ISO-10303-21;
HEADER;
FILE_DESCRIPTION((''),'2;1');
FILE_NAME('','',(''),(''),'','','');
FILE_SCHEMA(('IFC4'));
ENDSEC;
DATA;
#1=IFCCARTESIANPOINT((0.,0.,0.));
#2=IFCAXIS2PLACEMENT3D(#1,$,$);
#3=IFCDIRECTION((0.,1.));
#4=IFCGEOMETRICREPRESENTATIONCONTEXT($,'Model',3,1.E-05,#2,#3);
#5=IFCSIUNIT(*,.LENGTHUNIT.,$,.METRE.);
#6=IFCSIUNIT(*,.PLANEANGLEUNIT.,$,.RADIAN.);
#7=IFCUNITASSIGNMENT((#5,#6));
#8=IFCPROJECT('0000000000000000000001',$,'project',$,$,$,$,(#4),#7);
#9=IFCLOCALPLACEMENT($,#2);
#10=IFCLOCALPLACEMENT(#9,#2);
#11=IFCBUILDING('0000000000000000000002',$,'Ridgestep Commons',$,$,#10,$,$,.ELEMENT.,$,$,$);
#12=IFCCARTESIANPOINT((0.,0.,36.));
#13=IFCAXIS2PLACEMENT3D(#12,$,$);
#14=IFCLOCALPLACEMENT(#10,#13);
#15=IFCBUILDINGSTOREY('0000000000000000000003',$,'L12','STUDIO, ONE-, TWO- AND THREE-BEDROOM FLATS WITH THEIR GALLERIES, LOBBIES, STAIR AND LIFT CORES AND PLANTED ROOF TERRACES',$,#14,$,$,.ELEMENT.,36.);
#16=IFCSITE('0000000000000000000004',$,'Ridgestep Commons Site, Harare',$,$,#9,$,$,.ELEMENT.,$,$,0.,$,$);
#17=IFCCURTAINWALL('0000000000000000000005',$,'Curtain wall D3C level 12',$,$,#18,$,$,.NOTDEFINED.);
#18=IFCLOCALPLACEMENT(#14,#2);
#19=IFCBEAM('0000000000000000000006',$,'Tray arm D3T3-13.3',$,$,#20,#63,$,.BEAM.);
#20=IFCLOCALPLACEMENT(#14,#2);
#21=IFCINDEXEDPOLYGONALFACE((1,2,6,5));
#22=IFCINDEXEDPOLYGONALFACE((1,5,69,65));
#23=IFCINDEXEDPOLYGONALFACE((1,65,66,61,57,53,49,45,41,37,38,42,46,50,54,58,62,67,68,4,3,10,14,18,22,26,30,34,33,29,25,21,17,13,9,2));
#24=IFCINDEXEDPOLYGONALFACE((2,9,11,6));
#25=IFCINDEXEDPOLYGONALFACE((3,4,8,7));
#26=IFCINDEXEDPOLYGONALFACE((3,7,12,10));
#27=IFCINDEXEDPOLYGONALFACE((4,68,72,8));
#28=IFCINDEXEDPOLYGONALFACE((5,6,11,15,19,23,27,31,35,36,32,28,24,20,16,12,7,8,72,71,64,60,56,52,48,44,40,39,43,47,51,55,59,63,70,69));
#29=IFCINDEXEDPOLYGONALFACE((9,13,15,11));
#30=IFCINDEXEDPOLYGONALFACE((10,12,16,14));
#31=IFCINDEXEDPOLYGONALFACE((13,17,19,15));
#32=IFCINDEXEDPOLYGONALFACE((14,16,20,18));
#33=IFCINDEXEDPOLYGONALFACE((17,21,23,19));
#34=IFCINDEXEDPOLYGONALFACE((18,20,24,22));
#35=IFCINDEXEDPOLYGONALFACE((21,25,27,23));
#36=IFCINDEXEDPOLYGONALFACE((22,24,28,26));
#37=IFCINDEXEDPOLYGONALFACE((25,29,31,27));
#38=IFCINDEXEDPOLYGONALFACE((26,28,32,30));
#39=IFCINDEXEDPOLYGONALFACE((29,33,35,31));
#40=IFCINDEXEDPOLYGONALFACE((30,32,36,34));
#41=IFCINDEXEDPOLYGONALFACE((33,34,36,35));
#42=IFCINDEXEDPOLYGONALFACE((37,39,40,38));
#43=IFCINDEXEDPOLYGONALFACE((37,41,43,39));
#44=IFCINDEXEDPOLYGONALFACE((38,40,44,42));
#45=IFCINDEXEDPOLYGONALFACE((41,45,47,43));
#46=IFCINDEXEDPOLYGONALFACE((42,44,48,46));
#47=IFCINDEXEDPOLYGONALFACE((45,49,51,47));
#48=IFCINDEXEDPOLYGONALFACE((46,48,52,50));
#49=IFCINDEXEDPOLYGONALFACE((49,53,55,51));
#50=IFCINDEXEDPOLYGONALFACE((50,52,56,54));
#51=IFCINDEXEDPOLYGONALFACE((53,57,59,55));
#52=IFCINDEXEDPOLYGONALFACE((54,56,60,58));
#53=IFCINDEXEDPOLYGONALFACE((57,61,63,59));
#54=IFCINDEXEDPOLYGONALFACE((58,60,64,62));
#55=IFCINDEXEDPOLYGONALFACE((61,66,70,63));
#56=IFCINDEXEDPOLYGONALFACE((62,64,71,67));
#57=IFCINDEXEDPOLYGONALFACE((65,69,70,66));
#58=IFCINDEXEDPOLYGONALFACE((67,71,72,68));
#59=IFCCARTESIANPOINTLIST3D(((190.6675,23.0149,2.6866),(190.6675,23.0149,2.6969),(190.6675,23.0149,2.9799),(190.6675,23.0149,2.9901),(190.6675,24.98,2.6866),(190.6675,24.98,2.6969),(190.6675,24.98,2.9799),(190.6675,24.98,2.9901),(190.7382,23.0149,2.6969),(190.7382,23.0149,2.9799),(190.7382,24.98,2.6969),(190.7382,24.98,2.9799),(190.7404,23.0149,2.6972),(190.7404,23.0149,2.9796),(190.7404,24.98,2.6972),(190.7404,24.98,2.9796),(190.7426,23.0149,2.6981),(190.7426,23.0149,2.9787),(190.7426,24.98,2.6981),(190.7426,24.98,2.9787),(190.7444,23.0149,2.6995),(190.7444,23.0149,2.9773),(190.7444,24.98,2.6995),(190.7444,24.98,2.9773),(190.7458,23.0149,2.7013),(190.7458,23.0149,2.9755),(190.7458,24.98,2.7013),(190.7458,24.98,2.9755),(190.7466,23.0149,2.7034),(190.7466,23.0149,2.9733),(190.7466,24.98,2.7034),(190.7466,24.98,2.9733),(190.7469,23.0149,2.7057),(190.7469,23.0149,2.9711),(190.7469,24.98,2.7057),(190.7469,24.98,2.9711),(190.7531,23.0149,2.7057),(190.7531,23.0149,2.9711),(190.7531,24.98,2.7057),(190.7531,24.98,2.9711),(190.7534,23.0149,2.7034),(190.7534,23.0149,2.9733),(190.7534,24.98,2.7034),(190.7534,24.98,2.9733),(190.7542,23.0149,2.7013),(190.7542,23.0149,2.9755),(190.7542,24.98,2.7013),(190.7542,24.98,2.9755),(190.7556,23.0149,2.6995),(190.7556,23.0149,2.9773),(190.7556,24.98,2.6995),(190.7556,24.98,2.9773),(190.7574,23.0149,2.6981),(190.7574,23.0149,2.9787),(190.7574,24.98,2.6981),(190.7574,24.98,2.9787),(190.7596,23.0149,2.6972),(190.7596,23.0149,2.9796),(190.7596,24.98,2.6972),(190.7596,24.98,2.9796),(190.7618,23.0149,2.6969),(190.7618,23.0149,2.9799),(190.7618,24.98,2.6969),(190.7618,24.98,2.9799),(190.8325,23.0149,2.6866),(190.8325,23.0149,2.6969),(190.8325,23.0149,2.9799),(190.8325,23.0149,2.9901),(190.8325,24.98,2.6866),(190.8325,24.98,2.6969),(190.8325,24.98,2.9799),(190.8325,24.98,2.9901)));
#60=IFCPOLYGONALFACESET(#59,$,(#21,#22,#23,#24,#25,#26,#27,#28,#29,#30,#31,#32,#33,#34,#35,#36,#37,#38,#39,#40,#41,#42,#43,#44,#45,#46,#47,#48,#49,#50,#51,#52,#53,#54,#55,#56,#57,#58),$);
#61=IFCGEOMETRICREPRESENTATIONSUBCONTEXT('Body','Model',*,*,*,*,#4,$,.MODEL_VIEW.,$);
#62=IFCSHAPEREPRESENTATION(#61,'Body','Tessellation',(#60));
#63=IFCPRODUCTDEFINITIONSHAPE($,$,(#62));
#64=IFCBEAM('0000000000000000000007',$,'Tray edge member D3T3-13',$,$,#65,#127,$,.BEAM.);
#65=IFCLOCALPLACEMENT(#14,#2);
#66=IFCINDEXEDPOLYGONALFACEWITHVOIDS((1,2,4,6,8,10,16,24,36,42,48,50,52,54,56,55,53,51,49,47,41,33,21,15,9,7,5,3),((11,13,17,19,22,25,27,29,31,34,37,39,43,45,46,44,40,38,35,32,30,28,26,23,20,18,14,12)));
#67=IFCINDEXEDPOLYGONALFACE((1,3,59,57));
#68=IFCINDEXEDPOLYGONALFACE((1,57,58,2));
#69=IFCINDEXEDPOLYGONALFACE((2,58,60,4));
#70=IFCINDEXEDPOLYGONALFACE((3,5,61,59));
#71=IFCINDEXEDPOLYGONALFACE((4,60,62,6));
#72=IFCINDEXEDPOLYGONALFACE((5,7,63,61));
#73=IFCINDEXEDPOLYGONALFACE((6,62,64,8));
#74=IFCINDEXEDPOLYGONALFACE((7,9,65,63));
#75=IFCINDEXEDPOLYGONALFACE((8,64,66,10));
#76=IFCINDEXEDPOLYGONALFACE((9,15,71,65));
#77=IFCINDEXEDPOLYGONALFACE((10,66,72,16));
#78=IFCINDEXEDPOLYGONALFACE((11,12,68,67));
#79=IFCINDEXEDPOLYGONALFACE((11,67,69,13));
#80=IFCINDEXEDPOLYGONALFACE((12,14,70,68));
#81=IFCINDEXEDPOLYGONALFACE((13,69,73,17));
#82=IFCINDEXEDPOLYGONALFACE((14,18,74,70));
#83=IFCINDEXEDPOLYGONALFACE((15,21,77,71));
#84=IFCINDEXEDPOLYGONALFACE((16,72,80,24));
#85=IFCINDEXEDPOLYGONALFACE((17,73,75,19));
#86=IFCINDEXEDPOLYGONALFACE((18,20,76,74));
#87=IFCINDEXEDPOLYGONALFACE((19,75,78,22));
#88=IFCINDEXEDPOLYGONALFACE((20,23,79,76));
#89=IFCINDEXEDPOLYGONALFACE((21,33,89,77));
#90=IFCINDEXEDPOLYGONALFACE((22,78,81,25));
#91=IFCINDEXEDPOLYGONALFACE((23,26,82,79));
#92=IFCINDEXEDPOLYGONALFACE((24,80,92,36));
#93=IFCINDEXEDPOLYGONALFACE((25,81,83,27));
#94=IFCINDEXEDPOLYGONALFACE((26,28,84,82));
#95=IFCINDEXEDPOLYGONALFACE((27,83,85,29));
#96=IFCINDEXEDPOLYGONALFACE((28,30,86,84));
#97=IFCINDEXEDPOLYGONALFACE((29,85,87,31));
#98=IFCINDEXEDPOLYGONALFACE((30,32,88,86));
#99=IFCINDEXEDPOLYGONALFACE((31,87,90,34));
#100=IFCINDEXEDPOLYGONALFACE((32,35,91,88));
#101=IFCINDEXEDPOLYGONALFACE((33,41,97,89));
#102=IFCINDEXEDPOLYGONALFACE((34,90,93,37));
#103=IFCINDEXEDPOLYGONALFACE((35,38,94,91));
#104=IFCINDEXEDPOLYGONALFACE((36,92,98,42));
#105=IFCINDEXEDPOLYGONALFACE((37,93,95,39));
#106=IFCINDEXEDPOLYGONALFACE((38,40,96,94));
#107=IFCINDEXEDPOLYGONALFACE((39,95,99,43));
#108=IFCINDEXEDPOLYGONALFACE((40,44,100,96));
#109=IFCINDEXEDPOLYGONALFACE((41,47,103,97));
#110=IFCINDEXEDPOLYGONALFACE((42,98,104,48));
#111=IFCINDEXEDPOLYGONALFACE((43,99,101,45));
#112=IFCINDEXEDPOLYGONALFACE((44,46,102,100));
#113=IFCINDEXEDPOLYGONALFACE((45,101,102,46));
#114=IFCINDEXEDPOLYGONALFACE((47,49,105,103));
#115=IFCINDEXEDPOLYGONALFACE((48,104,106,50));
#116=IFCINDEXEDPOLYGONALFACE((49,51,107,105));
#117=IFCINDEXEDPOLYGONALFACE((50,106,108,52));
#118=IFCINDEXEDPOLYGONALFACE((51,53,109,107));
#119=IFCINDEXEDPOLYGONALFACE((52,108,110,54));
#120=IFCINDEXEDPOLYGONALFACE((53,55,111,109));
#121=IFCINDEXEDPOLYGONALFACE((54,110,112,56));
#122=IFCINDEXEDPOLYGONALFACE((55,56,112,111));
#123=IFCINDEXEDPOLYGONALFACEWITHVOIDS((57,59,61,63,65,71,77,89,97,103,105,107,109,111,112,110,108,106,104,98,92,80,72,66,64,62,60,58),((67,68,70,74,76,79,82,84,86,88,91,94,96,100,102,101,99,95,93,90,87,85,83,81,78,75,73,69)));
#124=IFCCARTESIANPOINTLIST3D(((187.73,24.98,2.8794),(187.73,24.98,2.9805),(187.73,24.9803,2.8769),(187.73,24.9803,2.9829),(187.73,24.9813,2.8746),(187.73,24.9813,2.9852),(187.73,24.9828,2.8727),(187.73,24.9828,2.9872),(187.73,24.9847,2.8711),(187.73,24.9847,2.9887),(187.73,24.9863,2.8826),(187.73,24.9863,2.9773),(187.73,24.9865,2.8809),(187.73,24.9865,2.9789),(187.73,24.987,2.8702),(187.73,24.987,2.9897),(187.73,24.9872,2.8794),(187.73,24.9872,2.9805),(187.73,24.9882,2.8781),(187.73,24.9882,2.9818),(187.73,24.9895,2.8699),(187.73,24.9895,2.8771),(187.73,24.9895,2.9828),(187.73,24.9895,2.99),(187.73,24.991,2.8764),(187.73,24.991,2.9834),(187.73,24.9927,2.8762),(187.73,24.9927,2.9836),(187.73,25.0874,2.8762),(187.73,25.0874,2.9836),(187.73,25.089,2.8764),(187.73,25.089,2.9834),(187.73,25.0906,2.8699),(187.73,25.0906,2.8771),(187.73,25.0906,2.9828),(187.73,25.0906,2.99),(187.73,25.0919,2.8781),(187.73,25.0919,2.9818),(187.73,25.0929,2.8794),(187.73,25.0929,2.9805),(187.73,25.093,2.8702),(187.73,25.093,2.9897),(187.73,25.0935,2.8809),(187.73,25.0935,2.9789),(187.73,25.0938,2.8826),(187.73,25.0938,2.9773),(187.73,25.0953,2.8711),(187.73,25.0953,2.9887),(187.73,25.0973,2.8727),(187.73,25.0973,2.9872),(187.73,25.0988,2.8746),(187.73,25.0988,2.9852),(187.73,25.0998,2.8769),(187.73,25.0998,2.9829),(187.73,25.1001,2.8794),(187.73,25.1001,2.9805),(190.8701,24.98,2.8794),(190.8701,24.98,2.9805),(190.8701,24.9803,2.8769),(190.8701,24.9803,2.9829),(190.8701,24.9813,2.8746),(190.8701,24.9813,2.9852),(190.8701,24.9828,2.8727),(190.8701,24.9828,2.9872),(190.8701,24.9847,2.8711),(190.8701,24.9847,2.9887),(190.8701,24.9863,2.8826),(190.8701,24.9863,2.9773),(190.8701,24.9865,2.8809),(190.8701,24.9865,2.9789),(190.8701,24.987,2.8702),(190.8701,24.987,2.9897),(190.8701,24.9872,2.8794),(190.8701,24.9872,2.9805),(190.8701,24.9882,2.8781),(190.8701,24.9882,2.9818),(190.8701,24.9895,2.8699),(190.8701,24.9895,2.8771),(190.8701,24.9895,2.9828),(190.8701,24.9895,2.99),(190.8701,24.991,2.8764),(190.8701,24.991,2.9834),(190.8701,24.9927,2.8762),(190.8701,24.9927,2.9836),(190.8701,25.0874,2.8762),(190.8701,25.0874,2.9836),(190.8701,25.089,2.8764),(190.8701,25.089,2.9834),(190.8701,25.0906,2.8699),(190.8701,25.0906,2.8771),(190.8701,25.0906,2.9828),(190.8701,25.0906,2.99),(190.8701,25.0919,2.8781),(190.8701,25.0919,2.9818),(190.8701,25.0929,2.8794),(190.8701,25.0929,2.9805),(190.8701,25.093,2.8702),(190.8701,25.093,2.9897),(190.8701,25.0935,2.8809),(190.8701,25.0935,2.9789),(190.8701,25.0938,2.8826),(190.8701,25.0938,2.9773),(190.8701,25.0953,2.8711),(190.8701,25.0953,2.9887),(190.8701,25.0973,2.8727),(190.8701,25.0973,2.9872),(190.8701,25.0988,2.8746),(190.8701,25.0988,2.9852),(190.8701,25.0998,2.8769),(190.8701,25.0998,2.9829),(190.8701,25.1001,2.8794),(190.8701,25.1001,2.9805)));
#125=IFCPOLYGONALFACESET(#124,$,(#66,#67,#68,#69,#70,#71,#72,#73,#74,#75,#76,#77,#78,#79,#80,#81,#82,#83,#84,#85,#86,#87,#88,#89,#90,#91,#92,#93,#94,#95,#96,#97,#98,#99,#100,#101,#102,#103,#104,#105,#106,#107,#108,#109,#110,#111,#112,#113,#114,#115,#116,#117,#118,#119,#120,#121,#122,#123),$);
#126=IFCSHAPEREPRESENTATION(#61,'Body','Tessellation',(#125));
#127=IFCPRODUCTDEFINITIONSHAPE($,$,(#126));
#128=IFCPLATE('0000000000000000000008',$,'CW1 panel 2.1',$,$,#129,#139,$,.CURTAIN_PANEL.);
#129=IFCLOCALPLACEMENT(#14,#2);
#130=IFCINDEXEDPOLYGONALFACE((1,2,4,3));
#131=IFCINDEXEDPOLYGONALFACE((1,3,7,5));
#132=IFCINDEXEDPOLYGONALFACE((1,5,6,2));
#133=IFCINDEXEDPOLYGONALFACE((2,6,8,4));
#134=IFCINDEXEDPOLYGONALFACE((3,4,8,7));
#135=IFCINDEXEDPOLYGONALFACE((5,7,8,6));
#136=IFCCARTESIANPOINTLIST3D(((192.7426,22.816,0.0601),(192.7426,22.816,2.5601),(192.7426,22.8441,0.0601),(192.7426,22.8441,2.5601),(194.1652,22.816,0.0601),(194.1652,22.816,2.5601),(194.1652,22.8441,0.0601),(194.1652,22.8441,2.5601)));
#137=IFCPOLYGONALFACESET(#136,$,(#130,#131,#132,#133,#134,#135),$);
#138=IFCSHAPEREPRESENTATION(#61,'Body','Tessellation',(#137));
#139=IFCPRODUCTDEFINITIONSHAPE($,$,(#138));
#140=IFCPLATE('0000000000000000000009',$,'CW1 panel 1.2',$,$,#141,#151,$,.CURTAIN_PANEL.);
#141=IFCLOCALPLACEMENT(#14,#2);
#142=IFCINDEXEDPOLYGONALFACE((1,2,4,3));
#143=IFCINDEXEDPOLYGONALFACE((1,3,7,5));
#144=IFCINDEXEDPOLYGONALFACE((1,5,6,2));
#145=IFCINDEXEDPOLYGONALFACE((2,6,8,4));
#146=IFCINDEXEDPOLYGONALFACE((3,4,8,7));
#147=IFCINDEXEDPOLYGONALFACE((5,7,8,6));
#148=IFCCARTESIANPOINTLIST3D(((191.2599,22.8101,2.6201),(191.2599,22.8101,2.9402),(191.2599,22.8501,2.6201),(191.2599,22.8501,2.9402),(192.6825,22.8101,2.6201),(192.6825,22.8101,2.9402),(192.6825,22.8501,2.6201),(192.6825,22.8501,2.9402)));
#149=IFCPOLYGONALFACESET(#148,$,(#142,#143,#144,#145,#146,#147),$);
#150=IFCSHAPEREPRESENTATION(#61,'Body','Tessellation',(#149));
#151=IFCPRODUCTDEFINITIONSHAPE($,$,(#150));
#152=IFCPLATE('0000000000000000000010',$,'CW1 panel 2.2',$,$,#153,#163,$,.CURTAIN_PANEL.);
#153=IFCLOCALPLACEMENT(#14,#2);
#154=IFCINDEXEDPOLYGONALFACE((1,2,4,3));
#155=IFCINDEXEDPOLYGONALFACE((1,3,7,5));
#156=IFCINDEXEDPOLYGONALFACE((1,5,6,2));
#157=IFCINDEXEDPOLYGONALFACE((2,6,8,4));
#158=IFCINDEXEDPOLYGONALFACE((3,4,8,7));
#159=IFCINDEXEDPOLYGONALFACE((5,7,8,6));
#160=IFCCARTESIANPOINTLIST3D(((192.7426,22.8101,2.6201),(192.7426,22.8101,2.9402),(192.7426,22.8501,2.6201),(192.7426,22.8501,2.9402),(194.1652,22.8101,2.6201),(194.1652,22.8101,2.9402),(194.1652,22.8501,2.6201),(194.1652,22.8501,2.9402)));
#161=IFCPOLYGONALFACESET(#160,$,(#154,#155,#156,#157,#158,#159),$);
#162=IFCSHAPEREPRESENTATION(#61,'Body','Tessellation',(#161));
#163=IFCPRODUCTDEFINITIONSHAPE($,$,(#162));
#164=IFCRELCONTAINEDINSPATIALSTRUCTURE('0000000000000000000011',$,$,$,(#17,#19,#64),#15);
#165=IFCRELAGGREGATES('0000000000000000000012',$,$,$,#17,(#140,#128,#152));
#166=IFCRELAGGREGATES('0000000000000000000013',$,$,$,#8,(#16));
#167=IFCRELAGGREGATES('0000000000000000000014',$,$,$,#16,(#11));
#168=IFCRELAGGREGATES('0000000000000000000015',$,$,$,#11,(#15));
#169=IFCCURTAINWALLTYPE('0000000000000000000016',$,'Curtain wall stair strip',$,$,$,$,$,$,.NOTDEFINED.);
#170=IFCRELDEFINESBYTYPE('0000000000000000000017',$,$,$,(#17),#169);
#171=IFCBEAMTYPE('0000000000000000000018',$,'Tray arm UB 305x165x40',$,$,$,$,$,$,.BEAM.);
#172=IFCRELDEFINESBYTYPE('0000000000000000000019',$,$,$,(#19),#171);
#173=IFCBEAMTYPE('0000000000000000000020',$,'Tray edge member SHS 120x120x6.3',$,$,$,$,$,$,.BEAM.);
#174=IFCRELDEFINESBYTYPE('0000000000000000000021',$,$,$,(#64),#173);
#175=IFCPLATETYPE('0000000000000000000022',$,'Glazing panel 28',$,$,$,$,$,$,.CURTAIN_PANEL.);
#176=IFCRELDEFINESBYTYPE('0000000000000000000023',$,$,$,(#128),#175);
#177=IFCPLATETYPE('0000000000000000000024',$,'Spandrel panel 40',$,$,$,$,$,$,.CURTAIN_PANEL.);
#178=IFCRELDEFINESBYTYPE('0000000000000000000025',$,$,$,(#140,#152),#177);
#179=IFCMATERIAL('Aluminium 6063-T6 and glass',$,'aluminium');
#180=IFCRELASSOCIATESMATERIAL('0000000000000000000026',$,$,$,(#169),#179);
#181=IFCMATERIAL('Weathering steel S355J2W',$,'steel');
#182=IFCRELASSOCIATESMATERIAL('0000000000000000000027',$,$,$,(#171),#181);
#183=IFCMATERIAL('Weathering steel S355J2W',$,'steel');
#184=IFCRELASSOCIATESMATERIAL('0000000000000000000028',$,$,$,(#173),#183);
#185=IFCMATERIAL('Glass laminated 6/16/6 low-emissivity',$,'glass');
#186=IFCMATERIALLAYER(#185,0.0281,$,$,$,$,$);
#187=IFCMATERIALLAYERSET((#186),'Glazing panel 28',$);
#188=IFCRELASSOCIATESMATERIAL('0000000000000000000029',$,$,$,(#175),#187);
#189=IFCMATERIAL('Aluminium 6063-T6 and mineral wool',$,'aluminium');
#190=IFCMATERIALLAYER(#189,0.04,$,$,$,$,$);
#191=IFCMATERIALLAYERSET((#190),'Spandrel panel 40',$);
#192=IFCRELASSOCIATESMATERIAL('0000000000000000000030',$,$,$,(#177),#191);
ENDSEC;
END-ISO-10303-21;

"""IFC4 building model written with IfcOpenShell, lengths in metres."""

from ifc_helpers import new_model, si_unit, direction, frame, origin, origin_2d, place, context, subcontext, project, spatial, rectangle, hollow_rectangle, i_section, extrude, material, layer, layer_set, material_profile, profile_set, type_object, element, aggregate, save


model = new_model("IFC4")

# Units and contexts
model_context = context("Model", 3, precision=1e-05, world=origin(), true_north=direction((0.0, 1.0)))
body_context = subcontext(model_context, "Body", "Model", "MODEL_VIEW")
ifc_project = project(units=[si_unit("LENGTHUNIT", "METRE"), si_unit("PLANEANGLEUNIT", "RADIAN")], contexts=[model_context])

# Site, building, storey
site_placement = place(None, origin())
site = spatial("IfcSite", under=ifc_project, at=site_placement, Name="Ridgestep Commons Site, Harare", CompositionType="ELEMENT", RefElevation=0.0)
building_placement = place(site_placement, origin())
building = spatial("IfcBuilding", under=site, at=building_placement, Name="Ridgestep Commons", CompositionType="ELEMENT")
storey_placement = place(building_placement, frame((0.0, 0.0, 36.0)))
storey = spatial("IfcBuildingStorey", under=building, at=storey_placement, Name="L12", Description="STUDIO, ONE-, TWO- AND THREE-BEDROOM FLATS WITH THEIR GALLERIES, LOBBIES, STAIR AND LIFT CORES AND PLANTED ROOF TERRACES", CompositionType="ELEMENT", Elevation=36.0)

# Curtain wall
ifc_material_1 = material(Name="Aluminium 6063-T6 and glass", Category="aluminium")
curtain_wall_type = type_object("IfcCurtainWallType", Name="Curtain wall stair strip", PredefinedType="NOTDEFINED", material=ifc_material_1)
curtain_wall_placement = place(storey_placement, origin())
curtain_wall = element("IfcCurtainWall", 1, at=curtain_wall_placement, inside=storey, type_object=curtain_wall_type, Name="Curtain wall D3C level 12", PredefinedType="NOTDEFINED")

# Beams
ifc_material_2 = material(Name="Weathering steel S355J2W", Category="steel")
ifc_material_profile_1 = material_profile(ifc_material_2, i_section(OverallWidth=0.165, OverallDepth=0.3035, WebThickness=0.0061, FlangeThickness=0.0103, FilletRadius=0.0088, at=origin_2d()), Name="UB 305x165x40")
ifc_profile_set_1 = profile_set([ifc_material_profile_1], Name="Weathering steel S355J2W")
beam_type_1 = type_object("IfcBeamType", Name="Tray arm UB 305x165x40", PredefinedType="BEAM", material=ifc_profile_set_1)
for number, where, z_axis, x_axis, name in (
    (2, (190.75, 23.0149, 2.8384), (0.0, 1.0, 0.0), (-1.0, 0.0, 0.0), "Tray arm D3T3-13.3"),
):
    element("IfcBeam", number, at=place(storey_placement, frame(where, z_axis=z_axis, x_axis=x_axis)), inside=storey, type_object=beam_type_1, Name=name, PredefinedType="BEAM", context=body_context, shape_type="SweptSolid", body=[
        extrude(i_section(OverallWidth=0.165, OverallDepth=0.3035, WebThickness=0.0061, FlangeThickness=0.0103, FilletRadius=0.0088, at=origin_2d()), origin(), (0.0, 0.0, 1.0), 1.9651),
    ])
ifc_material_3 = material(Name="Weathering steel S355J2W", Category="steel")
ifc_material_profile_2 = material_profile(ifc_material_3, hollow_rectangle(XDim=0.1201, YDim=0.1201, WallThickness=0.0063, InnerFilletRadius=0.0063, OuterFilletRadius=0.0095, at=origin_2d()), Name="SHS 120x120x6.3")
ifc_profile_set_2 = profile_set([ifc_material_profile_2], Name="Weathering steel S355J2W")
beam_type_2 = type_object("IfcBeamType", Name="Tray edge member SHS 120x120x6.3", PredefinedType="BEAM", material=ifc_profile_set_2)
beam_1_placement = place(storey_placement, frame((187.73, 25.04, 2.9299), z_axis=(1.0, 0.0, 0.0), x_axis=(0.0, 0.0, 1.0)))
element("IfcBeam", 3, at=beam_1_placement, inside=storey, type_object=beam_type_2, Name="Tray edge member D3T3-13", PredefinedType="BEAM", context=body_context, shape_type="SweptSolid", body=[
    extrude(hollow_rectangle(XDim=0.1201, YDim=0.1201, WallThickness=0.0063, InnerFilletRadius=0.0063, OuterFilletRadius=0.0095, at=origin_2d()), origin(), (0.0, 0.0, 1.0), 3.1401),
])

# Plates
ifc_material_4 = material(Name="Glass laminated 6/16/6 low-emissivity", Category="glass")
ifc_layer_1 = layer(ifc_material_4, 0.0281)
ifc_layer_set_1 = layer_set([ifc_layer_1], Name="Glazing panel 28")
plate_type_1 = type_object("IfcPlateType", Name="Glazing panel 28", PredefinedType="CURTAIN_PANEL", material=ifc_layer_set_1)
plate_1_placement = place(storey_placement, frame((193.4539, 22.8301, 0.0601), z_axis=(0.0, 0.0, 1.0), x_axis=(1.0, 0.0, 0.0)))
plate_1 = element("IfcPlate", 4, at=plate_1_placement, type_object=plate_type_1, Name="CW1 panel 2.1", PredefinedType="CURTAIN_PANEL", context=body_context, shape_type="SweptSolid", body=[
    extrude(rectangle(XDim=1.4226, YDim=0.0281, at=origin_2d()), origin(), (0.0, 0.0, 1.0), 2.5),
])
ifc_material_5 = material(Name="Aluminium 6063-T6 and mineral wool", Category="aluminium")
ifc_layer_2 = layer(ifc_material_5, 0.04)
ifc_layer_set_2 = layer_set([ifc_layer_2], Name="Spandrel panel 40")
plate_type_2 = type_object("IfcPlateType", Name="Spandrel panel 40", PredefinedType="CURTAIN_PANEL", material=ifc_layer_set_2)
plate_2_placement = place(storey_placement, frame((191.9712, 22.8301, 2.6201), z_axis=(0.0, 0.0, 1.0), x_axis=(1.0, 0.0, 0.0)))
plate_2 = element("IfcPlate", 5, at=plate_2_placement, type_object=plate_type_2, Name="CW1 panel 1.2", PredefinedType="CURTAIN_PANEL", context=body_context, shape_type="SweptSolid", body=[
    extrude(rectangle(XDim=1.4226, YDim=0.04, at=origin_2d()), origin(), (0.0, 0.0, 1.0), 0.3201),
])
plate_3_placement = place(storey_placement, frame((193.4539, 22.8301, 2.6201), z_axis=(0.0, 0.0, 1.0), x_axis=(1.0, 0.0, 0.0)))
plate_3 = element("IfcPlate", 6, at=plate_3_placement, type_object=plate_type_2, Name="CW1 panel 2.2", PredefinedType="CURTAIN_PANEL", context=body_context, shape_type="SweptSolid", body=[
    extrude(rectangle(XDim=1.4226, YDim=0.04, at=origin_2d()), origin(), (0.0, 0.0, 1.0), 0.3201),
])
aggregate(curtain_wall, [plate_2, plate_1, plate_3])

save(model, "model.ifc")
